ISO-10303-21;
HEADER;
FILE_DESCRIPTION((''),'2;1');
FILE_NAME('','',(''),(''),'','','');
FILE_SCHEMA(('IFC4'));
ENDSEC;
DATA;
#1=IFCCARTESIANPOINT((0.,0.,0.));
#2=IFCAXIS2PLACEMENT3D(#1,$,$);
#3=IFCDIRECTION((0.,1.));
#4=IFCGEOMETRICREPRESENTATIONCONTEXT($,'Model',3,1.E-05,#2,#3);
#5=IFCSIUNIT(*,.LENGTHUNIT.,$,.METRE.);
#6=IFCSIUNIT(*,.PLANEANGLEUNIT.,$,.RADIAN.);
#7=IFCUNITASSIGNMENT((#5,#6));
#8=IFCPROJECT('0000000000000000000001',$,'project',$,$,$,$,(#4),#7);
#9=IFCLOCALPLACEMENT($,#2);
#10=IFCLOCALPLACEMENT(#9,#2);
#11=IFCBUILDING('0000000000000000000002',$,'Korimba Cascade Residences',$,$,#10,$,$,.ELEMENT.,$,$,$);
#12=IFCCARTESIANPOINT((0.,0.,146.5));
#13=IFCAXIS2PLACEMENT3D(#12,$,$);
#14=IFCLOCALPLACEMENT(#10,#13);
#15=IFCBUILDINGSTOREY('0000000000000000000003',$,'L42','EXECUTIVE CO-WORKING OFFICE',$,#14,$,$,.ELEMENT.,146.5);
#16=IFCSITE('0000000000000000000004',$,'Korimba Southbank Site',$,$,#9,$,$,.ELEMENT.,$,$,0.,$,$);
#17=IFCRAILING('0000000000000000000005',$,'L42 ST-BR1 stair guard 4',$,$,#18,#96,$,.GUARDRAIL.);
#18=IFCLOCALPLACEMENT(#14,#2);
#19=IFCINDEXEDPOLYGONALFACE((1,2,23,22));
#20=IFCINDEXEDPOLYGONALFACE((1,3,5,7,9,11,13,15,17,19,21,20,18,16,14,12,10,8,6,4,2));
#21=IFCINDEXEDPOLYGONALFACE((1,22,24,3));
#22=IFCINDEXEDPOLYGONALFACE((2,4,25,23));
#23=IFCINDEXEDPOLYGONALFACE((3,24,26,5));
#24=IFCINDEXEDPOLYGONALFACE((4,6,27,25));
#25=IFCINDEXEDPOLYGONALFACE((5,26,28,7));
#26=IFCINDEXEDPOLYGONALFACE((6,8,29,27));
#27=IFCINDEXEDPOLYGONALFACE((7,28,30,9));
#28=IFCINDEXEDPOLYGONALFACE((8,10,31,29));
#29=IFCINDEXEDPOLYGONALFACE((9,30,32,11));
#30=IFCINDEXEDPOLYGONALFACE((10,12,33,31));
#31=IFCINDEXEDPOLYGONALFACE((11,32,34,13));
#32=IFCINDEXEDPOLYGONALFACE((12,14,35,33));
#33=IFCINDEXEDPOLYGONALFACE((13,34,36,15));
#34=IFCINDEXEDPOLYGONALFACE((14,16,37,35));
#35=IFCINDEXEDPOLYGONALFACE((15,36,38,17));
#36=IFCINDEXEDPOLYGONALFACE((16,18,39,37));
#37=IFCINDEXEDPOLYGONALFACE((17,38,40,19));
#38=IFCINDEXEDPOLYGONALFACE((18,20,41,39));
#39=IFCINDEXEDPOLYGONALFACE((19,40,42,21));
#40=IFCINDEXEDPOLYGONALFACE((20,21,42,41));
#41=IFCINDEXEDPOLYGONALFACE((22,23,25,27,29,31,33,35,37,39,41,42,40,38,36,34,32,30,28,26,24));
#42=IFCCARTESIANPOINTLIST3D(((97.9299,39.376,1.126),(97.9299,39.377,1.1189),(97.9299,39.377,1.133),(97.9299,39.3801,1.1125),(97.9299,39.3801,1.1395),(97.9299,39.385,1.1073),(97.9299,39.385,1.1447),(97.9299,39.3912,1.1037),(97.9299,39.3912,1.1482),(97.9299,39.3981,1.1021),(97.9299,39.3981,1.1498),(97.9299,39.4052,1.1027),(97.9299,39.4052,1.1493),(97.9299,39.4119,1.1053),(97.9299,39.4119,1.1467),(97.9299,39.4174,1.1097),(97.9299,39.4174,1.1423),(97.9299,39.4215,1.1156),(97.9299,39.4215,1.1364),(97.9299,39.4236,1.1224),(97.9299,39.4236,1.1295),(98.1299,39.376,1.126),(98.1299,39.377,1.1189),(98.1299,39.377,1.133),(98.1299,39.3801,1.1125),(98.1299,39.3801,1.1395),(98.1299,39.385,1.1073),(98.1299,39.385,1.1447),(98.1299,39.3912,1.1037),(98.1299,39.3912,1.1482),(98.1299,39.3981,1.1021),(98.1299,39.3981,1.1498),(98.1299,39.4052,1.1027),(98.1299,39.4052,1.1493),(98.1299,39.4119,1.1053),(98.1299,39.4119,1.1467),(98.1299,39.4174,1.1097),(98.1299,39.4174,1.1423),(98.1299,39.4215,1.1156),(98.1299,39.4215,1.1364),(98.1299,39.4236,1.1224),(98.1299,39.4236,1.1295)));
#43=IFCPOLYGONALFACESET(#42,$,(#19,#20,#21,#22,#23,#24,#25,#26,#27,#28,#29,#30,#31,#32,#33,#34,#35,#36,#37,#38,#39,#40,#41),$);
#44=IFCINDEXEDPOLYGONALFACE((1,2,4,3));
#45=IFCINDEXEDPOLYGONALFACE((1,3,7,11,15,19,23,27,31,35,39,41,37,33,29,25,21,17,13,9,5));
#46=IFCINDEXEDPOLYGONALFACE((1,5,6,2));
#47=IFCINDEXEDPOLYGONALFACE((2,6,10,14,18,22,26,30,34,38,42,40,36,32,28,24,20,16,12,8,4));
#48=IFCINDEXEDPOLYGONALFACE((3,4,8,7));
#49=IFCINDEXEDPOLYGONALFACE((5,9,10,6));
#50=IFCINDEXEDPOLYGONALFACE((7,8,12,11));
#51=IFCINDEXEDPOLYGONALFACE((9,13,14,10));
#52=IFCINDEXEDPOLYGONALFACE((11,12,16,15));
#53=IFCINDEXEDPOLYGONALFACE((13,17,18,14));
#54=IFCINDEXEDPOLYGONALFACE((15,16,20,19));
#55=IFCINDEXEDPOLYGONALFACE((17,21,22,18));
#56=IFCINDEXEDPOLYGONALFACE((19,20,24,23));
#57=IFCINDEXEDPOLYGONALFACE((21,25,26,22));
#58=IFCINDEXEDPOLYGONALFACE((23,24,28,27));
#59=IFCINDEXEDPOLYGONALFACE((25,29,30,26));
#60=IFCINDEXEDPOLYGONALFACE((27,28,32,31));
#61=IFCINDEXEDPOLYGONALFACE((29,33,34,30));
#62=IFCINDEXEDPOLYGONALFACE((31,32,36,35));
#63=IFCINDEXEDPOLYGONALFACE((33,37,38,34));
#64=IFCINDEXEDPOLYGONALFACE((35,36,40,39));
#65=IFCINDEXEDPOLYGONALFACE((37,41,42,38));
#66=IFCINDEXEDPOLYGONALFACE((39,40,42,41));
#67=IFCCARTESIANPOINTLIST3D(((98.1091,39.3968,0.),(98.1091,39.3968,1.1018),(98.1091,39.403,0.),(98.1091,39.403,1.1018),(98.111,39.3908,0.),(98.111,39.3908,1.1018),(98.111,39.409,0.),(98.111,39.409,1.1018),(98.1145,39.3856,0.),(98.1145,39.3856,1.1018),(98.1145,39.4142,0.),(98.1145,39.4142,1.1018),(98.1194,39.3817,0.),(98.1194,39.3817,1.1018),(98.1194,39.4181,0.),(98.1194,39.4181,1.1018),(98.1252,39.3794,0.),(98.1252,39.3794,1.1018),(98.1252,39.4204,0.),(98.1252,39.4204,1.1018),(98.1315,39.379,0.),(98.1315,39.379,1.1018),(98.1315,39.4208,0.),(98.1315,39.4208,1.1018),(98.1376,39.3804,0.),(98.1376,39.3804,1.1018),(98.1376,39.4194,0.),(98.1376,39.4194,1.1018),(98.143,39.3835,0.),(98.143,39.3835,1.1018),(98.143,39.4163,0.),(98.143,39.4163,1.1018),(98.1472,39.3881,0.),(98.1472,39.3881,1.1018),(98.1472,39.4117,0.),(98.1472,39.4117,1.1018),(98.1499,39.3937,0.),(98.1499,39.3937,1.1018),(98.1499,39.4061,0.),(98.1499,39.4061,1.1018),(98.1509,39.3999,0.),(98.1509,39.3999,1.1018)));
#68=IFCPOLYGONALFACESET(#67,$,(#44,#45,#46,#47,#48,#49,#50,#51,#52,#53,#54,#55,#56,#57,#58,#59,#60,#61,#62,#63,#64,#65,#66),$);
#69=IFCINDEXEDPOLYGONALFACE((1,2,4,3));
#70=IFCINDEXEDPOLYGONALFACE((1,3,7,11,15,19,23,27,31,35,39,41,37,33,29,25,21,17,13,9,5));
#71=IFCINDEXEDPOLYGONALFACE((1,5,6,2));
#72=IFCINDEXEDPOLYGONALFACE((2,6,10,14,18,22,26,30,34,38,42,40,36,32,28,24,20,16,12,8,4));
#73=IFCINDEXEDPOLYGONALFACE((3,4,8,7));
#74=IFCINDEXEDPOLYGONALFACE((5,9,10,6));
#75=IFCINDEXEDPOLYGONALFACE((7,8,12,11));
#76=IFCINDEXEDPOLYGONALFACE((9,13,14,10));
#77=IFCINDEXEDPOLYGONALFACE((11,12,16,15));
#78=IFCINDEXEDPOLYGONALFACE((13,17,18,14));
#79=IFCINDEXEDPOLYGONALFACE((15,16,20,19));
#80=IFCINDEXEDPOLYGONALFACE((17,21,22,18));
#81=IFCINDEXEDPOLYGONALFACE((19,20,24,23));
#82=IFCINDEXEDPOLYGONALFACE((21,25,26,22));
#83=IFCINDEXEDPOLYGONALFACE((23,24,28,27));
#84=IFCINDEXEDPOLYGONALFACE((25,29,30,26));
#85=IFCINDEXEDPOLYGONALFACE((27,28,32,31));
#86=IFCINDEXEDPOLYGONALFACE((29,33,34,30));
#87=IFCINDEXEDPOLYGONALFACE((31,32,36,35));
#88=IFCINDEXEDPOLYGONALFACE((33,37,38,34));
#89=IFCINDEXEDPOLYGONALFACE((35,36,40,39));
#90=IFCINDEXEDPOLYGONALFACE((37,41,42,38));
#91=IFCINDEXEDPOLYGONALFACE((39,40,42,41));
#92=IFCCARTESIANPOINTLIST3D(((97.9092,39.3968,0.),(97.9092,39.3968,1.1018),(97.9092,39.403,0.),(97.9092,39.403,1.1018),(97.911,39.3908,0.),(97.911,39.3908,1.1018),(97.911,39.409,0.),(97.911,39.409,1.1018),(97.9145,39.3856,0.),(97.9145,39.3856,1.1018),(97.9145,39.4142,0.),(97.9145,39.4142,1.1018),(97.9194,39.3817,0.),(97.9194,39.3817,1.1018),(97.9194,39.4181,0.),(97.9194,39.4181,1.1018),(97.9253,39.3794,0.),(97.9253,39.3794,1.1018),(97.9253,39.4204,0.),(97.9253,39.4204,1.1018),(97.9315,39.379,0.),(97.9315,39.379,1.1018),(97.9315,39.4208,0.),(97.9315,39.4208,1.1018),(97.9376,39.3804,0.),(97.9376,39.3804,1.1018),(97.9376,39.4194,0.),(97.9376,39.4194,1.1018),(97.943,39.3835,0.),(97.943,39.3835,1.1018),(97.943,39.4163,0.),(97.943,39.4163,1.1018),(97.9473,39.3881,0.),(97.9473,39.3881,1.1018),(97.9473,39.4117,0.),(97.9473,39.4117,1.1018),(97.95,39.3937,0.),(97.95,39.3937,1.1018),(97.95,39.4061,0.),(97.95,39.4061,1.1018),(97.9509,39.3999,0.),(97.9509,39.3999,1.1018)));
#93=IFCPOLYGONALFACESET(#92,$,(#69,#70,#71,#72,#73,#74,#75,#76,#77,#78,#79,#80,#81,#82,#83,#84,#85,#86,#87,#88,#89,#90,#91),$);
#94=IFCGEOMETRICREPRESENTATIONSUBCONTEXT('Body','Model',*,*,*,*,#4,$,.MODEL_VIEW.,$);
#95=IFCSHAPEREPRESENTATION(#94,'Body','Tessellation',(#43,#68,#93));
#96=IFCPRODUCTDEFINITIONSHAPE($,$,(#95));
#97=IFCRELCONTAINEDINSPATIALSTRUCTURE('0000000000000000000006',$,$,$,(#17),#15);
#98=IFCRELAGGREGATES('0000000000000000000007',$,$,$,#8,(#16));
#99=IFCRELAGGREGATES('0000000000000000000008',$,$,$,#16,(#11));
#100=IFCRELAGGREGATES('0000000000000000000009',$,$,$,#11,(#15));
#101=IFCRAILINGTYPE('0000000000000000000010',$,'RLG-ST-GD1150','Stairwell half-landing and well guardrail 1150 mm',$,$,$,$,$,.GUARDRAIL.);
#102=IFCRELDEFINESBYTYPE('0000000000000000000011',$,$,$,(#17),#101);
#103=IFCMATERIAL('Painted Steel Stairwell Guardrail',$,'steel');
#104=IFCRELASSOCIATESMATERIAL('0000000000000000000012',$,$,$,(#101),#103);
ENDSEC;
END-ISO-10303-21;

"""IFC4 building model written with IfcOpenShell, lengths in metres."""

from ifc_helpers import new_model, si_unit, direction, frame, origin, origin_2d, place, context, subcontext, project, spatial, circle, extrude, material, type_object, element, save


model = new_model("IFC4")

# Units and contexts
model_context = context("Model", 3, precision=1e-05, world=origin(), true_north=direction((0.0, 1.0)))
body_context = subcontext(model_context, "Body", "Model", "MODEL_VIEW")
ifc_project = project(units=[si_unit("LENGTHUNIT", "METRE"), si_unit("PLANEANGLEUNIT", "RADIAN")], contexts=[model_context])

# Site, building, storey
site_placement = place(None, origin())
site = spatial("IfcSite", under=ifc_project, at=site_placement, Name="Korimba Southbank Site", CompositionType="ELEMENT", RefElevation=0.0)
building_placement = place(site_placement, origin())
building = spatial("IfcBuilding", under=site, at=building_placement, Name="Korimba Cascade Residences", CompositionType="ELEMENT")
storey_placement = place(building_placement, frame((0.0, 0.0, 146.5)))
storey = spatial("IfcBuildingStorey", under=building, at=storey_placement, Name="L42", Description="EXECUTIVE CO-WORKING OFFICE", CompositionType="ELEMENT", Elevation=146.5)

# Railing
ifc_material_1 = material(Name="Painted Steel Stairwell Guardrail", Category="steel")
railing_type_1 = type_object("IfcRailingType", Name="RLG-ST-GD1150", Description="Stairwell half-landing and well guardrail 1150 mm", PredefinedType="GUARDRAIL", material=ifc_material_1)
railing_1_placement = place(storey_placement, frame((98.1299, 39.3999, 0.0)))
element("IfcRailing", 1, at=railing_1_placement, inside=storey, type_object=railing_type_1, Name="L42 ST-BR1 stair guard 4", PredefinedType="GUARDRAIL", context=body_context, shape_type="SweptSolid", body=[
    extrude(circle(Radius=0.0239, at=origin_2d()), frame((0.0, 0.0, 1.126), z_axis=(-1.0, 0.0, 0.0), x_axis=(0.0, -1.0, 0.0)), (0.0, 0.0, 1.0), 0.2),
    extrude(circle(Radius=0.021, at=origin_2d()), origin(), (0.0, 0.0, 1.0), 1.1018),
    extrude(circle(Radius=0.021, at=origin_2d()), frame((-0.2, 0.0, 0.0)), (0.0, 0.0, 1.0), 1.1018),
])

save(model, "model.ifc")
